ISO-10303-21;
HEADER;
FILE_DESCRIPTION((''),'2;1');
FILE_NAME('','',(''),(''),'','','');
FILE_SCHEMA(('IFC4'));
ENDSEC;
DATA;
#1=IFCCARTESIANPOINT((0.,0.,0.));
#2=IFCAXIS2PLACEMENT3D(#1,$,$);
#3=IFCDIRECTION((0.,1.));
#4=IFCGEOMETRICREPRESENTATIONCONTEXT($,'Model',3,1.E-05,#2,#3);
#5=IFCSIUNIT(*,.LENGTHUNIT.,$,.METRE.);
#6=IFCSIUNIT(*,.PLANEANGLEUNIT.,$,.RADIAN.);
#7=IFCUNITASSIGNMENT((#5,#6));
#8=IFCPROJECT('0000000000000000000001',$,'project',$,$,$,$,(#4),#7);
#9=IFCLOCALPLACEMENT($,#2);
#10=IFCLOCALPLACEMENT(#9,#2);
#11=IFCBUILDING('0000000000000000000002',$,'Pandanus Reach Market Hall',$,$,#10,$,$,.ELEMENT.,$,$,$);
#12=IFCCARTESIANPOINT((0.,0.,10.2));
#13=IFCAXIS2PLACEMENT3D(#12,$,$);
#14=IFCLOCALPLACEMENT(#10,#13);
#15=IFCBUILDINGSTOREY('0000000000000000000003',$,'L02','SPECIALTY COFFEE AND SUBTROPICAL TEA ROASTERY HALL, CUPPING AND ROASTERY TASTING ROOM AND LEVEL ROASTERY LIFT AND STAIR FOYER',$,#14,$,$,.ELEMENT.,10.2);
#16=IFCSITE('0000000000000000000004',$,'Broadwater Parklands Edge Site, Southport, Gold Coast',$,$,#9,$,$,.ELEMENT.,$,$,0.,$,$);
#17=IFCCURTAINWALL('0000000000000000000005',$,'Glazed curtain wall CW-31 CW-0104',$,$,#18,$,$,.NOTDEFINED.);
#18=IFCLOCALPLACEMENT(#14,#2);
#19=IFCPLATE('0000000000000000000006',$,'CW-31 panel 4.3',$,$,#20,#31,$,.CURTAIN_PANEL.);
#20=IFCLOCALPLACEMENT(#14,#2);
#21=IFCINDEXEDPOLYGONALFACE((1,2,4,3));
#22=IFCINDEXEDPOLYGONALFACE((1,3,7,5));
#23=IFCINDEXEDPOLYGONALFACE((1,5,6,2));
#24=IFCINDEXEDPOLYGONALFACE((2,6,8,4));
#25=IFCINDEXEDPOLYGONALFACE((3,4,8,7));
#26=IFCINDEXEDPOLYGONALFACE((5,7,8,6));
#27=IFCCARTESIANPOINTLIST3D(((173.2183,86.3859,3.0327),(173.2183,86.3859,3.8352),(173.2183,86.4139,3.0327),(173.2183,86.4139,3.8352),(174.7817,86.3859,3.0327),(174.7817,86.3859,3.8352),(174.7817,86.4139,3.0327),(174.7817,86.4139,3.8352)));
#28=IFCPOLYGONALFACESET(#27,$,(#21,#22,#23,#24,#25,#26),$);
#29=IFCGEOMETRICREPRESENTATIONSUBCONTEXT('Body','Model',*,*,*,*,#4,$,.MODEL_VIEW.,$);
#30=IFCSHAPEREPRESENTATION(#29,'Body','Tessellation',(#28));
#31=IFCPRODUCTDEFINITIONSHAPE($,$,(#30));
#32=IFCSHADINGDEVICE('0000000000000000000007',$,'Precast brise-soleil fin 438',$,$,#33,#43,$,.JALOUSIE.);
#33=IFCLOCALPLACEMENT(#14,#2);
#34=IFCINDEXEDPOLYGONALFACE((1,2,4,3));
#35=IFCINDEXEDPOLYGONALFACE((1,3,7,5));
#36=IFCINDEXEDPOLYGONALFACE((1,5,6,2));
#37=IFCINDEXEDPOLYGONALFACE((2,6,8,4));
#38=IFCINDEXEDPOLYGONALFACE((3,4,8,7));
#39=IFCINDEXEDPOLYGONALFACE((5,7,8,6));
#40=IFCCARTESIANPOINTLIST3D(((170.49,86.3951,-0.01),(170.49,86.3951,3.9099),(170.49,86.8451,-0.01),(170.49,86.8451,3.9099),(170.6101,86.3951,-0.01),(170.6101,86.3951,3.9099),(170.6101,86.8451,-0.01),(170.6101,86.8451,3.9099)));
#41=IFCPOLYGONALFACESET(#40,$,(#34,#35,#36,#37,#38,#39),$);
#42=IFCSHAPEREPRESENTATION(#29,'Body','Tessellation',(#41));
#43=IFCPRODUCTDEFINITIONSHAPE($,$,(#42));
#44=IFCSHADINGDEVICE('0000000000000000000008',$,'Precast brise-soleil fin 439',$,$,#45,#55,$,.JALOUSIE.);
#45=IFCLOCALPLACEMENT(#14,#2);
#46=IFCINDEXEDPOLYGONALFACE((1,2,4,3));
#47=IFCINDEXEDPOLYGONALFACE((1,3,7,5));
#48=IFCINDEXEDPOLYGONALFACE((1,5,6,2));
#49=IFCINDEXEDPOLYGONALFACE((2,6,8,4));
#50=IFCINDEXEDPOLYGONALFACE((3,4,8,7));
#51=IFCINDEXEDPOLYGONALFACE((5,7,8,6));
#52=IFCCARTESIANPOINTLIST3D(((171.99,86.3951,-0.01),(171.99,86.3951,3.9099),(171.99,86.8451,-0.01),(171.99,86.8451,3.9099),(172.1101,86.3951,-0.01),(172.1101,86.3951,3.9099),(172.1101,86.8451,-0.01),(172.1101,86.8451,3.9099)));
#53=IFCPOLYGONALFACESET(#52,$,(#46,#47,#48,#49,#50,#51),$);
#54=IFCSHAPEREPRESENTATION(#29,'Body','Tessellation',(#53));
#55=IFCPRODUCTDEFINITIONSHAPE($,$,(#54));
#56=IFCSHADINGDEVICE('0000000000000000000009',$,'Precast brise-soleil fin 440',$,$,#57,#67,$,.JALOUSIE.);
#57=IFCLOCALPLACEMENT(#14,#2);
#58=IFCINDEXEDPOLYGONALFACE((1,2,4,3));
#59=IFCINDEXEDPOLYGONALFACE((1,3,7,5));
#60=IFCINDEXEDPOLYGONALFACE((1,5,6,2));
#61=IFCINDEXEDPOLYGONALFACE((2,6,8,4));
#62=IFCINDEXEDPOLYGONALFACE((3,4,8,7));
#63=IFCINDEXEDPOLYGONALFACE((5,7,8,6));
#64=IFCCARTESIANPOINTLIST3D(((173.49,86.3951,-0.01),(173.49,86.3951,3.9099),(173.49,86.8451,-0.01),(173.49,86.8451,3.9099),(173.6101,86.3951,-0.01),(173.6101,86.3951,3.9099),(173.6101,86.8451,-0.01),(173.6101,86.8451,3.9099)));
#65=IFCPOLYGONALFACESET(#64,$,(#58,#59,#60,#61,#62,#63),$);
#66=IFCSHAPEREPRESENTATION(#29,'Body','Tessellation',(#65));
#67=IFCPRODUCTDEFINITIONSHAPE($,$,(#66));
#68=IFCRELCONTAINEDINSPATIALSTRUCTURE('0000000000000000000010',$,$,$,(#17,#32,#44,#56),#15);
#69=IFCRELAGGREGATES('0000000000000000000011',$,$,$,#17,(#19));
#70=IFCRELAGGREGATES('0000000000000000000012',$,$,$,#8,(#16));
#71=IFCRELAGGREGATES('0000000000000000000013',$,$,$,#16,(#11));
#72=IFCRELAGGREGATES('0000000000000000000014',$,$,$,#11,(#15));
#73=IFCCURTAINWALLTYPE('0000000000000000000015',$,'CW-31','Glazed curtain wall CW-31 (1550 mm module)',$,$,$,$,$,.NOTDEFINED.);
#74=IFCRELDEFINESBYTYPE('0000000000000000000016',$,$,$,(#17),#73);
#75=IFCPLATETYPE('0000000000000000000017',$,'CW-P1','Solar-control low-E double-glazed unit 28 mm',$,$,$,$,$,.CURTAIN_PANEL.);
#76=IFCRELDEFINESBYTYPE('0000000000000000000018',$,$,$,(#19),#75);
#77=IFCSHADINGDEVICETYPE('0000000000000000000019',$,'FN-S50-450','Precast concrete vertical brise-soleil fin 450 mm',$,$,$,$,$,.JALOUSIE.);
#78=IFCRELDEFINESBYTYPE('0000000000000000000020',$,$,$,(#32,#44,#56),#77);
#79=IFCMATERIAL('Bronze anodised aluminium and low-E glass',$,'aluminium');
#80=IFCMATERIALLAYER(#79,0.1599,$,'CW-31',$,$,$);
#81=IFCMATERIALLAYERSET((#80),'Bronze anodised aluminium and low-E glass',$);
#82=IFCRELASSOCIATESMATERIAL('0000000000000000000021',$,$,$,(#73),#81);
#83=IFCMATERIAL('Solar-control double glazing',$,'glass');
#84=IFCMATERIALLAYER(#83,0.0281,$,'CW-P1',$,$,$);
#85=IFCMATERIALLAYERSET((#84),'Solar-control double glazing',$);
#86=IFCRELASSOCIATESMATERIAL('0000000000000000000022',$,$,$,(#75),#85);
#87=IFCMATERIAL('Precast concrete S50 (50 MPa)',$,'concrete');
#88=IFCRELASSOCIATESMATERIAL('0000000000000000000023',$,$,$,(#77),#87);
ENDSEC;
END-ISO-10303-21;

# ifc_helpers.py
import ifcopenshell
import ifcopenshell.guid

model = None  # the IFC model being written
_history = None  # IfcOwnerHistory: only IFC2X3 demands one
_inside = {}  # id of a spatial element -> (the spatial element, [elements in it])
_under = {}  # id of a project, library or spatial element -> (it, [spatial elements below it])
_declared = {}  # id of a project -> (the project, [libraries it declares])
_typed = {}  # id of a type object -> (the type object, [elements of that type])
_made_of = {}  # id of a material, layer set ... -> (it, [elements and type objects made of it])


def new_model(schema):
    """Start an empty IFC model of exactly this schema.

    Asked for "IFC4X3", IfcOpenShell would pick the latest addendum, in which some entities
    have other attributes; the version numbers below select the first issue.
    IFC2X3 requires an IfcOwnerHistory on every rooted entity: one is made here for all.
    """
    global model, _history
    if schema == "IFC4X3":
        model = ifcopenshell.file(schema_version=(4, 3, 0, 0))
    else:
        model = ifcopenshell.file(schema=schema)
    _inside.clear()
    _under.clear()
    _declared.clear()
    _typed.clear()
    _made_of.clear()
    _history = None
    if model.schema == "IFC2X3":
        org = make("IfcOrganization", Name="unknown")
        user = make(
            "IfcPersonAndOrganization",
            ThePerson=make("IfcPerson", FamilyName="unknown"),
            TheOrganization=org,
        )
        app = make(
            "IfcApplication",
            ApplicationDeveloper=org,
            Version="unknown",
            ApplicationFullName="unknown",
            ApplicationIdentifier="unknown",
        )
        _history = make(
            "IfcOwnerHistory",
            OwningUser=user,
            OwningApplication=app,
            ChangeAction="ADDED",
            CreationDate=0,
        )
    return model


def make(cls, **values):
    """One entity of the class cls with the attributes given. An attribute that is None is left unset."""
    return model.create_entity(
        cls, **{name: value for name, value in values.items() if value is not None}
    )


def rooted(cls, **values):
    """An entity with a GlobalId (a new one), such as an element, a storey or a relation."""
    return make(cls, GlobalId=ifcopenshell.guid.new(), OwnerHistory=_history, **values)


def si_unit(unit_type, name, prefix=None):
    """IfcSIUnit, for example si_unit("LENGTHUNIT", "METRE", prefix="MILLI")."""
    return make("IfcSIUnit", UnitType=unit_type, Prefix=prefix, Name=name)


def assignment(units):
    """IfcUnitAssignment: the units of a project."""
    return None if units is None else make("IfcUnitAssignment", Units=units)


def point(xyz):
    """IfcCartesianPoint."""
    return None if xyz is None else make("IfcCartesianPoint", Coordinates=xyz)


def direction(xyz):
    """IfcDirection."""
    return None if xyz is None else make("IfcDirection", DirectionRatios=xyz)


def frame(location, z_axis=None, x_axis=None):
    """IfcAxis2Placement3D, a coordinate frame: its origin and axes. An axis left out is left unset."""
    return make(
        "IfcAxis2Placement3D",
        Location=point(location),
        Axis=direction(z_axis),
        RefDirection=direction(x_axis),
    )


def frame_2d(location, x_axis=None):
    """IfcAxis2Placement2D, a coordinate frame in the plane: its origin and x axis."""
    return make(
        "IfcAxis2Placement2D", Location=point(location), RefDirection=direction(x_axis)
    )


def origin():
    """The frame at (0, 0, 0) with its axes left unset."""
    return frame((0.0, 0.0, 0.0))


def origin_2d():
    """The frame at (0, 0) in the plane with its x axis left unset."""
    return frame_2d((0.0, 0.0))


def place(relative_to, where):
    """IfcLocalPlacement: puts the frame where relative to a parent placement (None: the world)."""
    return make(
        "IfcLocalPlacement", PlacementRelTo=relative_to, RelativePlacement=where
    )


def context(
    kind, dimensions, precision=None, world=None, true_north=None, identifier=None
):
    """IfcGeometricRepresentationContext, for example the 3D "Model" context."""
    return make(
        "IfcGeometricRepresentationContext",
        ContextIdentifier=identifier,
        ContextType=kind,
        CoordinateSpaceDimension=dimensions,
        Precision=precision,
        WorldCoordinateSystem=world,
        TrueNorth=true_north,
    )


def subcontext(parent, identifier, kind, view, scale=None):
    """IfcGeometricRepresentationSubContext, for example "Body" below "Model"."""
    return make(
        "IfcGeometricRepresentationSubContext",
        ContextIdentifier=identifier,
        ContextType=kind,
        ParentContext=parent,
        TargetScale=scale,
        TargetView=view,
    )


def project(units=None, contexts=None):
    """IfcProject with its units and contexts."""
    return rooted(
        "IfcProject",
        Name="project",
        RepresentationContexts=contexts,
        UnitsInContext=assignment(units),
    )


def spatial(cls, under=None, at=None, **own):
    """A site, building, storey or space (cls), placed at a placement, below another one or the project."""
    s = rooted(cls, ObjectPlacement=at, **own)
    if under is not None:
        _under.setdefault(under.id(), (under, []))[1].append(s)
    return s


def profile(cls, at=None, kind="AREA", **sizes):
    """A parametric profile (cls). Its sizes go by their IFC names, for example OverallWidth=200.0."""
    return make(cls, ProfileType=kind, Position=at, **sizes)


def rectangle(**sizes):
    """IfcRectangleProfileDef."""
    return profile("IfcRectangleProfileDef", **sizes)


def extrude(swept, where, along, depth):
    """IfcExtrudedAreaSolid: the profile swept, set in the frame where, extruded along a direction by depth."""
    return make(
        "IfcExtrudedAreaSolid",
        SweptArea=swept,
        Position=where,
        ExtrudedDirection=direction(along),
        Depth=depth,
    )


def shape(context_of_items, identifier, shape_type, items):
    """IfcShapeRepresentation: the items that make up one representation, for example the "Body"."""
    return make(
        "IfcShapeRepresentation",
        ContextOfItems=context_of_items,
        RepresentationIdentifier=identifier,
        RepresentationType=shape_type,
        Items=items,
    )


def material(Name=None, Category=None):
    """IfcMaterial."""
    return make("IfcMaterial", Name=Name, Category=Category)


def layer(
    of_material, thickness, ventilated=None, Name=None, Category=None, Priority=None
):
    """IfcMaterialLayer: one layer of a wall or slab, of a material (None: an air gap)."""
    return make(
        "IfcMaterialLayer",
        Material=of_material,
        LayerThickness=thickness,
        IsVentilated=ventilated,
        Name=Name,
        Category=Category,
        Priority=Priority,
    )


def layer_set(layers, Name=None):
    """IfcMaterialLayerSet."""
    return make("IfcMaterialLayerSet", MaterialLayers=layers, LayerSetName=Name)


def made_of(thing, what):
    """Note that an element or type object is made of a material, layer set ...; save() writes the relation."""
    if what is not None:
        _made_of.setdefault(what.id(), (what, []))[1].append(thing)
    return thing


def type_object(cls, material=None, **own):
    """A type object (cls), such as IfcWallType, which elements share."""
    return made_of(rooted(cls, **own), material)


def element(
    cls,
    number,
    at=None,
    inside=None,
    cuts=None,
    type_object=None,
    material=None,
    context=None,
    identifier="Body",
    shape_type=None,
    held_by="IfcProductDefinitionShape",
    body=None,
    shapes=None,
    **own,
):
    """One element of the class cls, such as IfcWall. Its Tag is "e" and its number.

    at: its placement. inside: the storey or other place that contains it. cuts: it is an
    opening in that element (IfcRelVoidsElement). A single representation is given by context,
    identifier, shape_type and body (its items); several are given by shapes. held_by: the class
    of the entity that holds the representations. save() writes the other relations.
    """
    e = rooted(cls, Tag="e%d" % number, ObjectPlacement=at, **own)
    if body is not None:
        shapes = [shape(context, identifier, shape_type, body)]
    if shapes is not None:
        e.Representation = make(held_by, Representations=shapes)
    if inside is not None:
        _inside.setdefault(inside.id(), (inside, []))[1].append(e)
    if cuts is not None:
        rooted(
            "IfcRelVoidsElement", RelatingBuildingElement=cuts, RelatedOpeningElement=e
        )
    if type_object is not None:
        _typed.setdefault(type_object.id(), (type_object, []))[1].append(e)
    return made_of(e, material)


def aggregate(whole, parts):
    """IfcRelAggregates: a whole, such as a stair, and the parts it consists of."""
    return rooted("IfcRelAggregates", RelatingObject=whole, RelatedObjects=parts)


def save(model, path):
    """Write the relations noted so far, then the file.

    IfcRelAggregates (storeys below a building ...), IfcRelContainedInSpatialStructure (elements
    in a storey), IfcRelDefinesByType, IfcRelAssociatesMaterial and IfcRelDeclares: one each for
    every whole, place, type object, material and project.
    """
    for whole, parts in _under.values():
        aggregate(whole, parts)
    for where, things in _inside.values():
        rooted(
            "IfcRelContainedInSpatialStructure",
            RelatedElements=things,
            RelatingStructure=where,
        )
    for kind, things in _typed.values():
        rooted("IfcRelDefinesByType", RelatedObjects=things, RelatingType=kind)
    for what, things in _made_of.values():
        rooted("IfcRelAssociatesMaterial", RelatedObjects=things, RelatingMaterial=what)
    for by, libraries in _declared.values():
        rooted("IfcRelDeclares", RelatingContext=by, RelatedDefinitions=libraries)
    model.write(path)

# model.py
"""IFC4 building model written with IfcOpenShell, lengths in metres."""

from ifc_helpers import new_model, si_unit, direction, frame, origin, origin_2d, place, context, subcontext, project, spatial, rectangle, extrude, material, layer, layer_set, type_object, element, aggregate, save


model = new_model("IFC4")

# Units and contexts
model_context = context("Model", 3, precision=1e-05, world=origin(), true_north=direction((0.0, 1.0)))
body_context = subcontext(model_context, "Body", "Model", "MODEL_VIEW")
ifc_project = project(units=[si_unit("LENGTHUNIT", "METRE"), si_unit("PLANEANGLEUNIT", "RADIAN")], contexts=[model_context])

# Site, building, storey
site_placement = place(None, origin())
site = spatial("IfcSite", under=ifc_project, at=site_placement, Name="Broadwater Parklands Edge Site, Southport, Gold Coast", CompositionType="ELEMENT", RefElevation=0.0)
building_placement = place(site_placement, origin())
building = spatial("IfcBuilding", under=site, at=building_placement, Name="Pandanus Reach Market Hall", CompositionType="ELEMENT")
storey_placement = place(building_placement, frame((0.0, 0.0, 10.2)))
storey = spatial("IfcBuildingStorey", under=building, at=storey_placement, Name="L02", Description="SPECIALTY COFFEE AND SUBTROPICAL TEA ROASTERY HALL, CUPPING AND ROASTERY TASTING ROOM AND LEVEL ROASTERY LIFT AND STAIR FOYER", CompositionType="ELEMENT", Elevation=10.2)

# Curtain wall, plate
ifc_material_1 = material(Name="Bronze anodised aluminium and low-E glass", Category="aluminium")
ifc_layer_1 = layer(ifc_material_1, 0.1599, Name="CW-31")
ifc_layer_set_1 = layer_set([ifc_layer_1], Name="Bronze anodised aluminium and low-E glass")
curtain_wall_type = type_object("IfcCurtainWallType", Name="CW-31", Description="Glazed curtain wall CW-31 (1550 mm module)", PredefinedType="NOTDEFINED", material=ifc_layer_set_1)
curtain_wall_placement = place(storey_placement, origin())
curtain_wall = element("IfcCurtainWall", 1, at=curtain_wall_placement, inside=storey, type_object=curtain_wall_type, Name="Glazed curtain wall CW-31 CW-0104", PredefinedType="NOTDEFINED")
ifc_material_2 = material(Name="Solar-control double glazing", Category="glass")
ifc_layer_2 = layer(ifc_material_2, 0.0281, Name="CW-P1")
ifc_layer_set_2 = layer_set([ifc_layer_2], Name="Solar-control double glazing")
plate_type = type_object("IfcPlateType", Name="CW-P1", Description="Solar-control low-E double-glazed unit 28 mm", PredefinedType="CURTAIN_PANEL", material=ifc_layer_set_2)
plate_1_placement = place(storey_placement, frame((174.0, 86.3999, 3.0327), z_axis=(0.0, 0.0, 1.0), x_axis=(1.0, 0.0, 0.0)))
plate_1 = element("IfcPlate", 2, at=plate_1_placement, type_object=plate_type, Name="CW-31 panel 4.3", PredefinedType="CURTAIN_PANEL", context=body_context, shape_type="SweptSolid", body=[
    extrude(rectangle(XDim=1.5635, YDim=0.0281, at=origin_2d()), origin(), (0.0, 0.0, 1.0), 0.8025),
])
aggregate(curtain_wall, [plate_1])

# Shading devices
ifc_material_3 = material(Name="Precast concrete S50 (50 MPa)", Category="concrete")
shading_device_type = type_object("IfcShadingDeviceType", Name="FN-S50-450", Description="Precast concrete vertical brise-soleil fin 450 mm", PredefinedType="JALOUSIE", material=ifc_material_3)
for number, where, z_axis, x_axis, name in (
    (3, (170.55, 86.6201, -0.01), (0.0, 0.0, 1.0), (0.0, 1.0, 0.0), "Precast brise-soleil fin 438"),
    (4, (172.05, 86.6201, -0.01), (0.0, 0.0, 1.0), (0.0, 1.0, 0.0), "Precast brise-soleil fin 439"),
    (5, (173.55, 86.6201, -0.01), (0.0, 0.0, 1.0), (0.0, 1.0, 0.0), "Precast brise-soleil fin 440"),
):
    element("IfcShadingDevice", number, at=place(storey_placement, frame(where, z_axis=z_axis, x_axis=x_axis)), inside=storey, type_object=shading_device_type, Name=name, PredefinedType="JALOUSIE", context=body_context, shape_type="SweptSolid", body=[
        extrude(rectangle(XDim=0.45, YDim=0.1201, at=origin_2d()), origin(), (0.0, 0.0, 1.0), 3.9199),
    ])

save(model, "model.ifc")
